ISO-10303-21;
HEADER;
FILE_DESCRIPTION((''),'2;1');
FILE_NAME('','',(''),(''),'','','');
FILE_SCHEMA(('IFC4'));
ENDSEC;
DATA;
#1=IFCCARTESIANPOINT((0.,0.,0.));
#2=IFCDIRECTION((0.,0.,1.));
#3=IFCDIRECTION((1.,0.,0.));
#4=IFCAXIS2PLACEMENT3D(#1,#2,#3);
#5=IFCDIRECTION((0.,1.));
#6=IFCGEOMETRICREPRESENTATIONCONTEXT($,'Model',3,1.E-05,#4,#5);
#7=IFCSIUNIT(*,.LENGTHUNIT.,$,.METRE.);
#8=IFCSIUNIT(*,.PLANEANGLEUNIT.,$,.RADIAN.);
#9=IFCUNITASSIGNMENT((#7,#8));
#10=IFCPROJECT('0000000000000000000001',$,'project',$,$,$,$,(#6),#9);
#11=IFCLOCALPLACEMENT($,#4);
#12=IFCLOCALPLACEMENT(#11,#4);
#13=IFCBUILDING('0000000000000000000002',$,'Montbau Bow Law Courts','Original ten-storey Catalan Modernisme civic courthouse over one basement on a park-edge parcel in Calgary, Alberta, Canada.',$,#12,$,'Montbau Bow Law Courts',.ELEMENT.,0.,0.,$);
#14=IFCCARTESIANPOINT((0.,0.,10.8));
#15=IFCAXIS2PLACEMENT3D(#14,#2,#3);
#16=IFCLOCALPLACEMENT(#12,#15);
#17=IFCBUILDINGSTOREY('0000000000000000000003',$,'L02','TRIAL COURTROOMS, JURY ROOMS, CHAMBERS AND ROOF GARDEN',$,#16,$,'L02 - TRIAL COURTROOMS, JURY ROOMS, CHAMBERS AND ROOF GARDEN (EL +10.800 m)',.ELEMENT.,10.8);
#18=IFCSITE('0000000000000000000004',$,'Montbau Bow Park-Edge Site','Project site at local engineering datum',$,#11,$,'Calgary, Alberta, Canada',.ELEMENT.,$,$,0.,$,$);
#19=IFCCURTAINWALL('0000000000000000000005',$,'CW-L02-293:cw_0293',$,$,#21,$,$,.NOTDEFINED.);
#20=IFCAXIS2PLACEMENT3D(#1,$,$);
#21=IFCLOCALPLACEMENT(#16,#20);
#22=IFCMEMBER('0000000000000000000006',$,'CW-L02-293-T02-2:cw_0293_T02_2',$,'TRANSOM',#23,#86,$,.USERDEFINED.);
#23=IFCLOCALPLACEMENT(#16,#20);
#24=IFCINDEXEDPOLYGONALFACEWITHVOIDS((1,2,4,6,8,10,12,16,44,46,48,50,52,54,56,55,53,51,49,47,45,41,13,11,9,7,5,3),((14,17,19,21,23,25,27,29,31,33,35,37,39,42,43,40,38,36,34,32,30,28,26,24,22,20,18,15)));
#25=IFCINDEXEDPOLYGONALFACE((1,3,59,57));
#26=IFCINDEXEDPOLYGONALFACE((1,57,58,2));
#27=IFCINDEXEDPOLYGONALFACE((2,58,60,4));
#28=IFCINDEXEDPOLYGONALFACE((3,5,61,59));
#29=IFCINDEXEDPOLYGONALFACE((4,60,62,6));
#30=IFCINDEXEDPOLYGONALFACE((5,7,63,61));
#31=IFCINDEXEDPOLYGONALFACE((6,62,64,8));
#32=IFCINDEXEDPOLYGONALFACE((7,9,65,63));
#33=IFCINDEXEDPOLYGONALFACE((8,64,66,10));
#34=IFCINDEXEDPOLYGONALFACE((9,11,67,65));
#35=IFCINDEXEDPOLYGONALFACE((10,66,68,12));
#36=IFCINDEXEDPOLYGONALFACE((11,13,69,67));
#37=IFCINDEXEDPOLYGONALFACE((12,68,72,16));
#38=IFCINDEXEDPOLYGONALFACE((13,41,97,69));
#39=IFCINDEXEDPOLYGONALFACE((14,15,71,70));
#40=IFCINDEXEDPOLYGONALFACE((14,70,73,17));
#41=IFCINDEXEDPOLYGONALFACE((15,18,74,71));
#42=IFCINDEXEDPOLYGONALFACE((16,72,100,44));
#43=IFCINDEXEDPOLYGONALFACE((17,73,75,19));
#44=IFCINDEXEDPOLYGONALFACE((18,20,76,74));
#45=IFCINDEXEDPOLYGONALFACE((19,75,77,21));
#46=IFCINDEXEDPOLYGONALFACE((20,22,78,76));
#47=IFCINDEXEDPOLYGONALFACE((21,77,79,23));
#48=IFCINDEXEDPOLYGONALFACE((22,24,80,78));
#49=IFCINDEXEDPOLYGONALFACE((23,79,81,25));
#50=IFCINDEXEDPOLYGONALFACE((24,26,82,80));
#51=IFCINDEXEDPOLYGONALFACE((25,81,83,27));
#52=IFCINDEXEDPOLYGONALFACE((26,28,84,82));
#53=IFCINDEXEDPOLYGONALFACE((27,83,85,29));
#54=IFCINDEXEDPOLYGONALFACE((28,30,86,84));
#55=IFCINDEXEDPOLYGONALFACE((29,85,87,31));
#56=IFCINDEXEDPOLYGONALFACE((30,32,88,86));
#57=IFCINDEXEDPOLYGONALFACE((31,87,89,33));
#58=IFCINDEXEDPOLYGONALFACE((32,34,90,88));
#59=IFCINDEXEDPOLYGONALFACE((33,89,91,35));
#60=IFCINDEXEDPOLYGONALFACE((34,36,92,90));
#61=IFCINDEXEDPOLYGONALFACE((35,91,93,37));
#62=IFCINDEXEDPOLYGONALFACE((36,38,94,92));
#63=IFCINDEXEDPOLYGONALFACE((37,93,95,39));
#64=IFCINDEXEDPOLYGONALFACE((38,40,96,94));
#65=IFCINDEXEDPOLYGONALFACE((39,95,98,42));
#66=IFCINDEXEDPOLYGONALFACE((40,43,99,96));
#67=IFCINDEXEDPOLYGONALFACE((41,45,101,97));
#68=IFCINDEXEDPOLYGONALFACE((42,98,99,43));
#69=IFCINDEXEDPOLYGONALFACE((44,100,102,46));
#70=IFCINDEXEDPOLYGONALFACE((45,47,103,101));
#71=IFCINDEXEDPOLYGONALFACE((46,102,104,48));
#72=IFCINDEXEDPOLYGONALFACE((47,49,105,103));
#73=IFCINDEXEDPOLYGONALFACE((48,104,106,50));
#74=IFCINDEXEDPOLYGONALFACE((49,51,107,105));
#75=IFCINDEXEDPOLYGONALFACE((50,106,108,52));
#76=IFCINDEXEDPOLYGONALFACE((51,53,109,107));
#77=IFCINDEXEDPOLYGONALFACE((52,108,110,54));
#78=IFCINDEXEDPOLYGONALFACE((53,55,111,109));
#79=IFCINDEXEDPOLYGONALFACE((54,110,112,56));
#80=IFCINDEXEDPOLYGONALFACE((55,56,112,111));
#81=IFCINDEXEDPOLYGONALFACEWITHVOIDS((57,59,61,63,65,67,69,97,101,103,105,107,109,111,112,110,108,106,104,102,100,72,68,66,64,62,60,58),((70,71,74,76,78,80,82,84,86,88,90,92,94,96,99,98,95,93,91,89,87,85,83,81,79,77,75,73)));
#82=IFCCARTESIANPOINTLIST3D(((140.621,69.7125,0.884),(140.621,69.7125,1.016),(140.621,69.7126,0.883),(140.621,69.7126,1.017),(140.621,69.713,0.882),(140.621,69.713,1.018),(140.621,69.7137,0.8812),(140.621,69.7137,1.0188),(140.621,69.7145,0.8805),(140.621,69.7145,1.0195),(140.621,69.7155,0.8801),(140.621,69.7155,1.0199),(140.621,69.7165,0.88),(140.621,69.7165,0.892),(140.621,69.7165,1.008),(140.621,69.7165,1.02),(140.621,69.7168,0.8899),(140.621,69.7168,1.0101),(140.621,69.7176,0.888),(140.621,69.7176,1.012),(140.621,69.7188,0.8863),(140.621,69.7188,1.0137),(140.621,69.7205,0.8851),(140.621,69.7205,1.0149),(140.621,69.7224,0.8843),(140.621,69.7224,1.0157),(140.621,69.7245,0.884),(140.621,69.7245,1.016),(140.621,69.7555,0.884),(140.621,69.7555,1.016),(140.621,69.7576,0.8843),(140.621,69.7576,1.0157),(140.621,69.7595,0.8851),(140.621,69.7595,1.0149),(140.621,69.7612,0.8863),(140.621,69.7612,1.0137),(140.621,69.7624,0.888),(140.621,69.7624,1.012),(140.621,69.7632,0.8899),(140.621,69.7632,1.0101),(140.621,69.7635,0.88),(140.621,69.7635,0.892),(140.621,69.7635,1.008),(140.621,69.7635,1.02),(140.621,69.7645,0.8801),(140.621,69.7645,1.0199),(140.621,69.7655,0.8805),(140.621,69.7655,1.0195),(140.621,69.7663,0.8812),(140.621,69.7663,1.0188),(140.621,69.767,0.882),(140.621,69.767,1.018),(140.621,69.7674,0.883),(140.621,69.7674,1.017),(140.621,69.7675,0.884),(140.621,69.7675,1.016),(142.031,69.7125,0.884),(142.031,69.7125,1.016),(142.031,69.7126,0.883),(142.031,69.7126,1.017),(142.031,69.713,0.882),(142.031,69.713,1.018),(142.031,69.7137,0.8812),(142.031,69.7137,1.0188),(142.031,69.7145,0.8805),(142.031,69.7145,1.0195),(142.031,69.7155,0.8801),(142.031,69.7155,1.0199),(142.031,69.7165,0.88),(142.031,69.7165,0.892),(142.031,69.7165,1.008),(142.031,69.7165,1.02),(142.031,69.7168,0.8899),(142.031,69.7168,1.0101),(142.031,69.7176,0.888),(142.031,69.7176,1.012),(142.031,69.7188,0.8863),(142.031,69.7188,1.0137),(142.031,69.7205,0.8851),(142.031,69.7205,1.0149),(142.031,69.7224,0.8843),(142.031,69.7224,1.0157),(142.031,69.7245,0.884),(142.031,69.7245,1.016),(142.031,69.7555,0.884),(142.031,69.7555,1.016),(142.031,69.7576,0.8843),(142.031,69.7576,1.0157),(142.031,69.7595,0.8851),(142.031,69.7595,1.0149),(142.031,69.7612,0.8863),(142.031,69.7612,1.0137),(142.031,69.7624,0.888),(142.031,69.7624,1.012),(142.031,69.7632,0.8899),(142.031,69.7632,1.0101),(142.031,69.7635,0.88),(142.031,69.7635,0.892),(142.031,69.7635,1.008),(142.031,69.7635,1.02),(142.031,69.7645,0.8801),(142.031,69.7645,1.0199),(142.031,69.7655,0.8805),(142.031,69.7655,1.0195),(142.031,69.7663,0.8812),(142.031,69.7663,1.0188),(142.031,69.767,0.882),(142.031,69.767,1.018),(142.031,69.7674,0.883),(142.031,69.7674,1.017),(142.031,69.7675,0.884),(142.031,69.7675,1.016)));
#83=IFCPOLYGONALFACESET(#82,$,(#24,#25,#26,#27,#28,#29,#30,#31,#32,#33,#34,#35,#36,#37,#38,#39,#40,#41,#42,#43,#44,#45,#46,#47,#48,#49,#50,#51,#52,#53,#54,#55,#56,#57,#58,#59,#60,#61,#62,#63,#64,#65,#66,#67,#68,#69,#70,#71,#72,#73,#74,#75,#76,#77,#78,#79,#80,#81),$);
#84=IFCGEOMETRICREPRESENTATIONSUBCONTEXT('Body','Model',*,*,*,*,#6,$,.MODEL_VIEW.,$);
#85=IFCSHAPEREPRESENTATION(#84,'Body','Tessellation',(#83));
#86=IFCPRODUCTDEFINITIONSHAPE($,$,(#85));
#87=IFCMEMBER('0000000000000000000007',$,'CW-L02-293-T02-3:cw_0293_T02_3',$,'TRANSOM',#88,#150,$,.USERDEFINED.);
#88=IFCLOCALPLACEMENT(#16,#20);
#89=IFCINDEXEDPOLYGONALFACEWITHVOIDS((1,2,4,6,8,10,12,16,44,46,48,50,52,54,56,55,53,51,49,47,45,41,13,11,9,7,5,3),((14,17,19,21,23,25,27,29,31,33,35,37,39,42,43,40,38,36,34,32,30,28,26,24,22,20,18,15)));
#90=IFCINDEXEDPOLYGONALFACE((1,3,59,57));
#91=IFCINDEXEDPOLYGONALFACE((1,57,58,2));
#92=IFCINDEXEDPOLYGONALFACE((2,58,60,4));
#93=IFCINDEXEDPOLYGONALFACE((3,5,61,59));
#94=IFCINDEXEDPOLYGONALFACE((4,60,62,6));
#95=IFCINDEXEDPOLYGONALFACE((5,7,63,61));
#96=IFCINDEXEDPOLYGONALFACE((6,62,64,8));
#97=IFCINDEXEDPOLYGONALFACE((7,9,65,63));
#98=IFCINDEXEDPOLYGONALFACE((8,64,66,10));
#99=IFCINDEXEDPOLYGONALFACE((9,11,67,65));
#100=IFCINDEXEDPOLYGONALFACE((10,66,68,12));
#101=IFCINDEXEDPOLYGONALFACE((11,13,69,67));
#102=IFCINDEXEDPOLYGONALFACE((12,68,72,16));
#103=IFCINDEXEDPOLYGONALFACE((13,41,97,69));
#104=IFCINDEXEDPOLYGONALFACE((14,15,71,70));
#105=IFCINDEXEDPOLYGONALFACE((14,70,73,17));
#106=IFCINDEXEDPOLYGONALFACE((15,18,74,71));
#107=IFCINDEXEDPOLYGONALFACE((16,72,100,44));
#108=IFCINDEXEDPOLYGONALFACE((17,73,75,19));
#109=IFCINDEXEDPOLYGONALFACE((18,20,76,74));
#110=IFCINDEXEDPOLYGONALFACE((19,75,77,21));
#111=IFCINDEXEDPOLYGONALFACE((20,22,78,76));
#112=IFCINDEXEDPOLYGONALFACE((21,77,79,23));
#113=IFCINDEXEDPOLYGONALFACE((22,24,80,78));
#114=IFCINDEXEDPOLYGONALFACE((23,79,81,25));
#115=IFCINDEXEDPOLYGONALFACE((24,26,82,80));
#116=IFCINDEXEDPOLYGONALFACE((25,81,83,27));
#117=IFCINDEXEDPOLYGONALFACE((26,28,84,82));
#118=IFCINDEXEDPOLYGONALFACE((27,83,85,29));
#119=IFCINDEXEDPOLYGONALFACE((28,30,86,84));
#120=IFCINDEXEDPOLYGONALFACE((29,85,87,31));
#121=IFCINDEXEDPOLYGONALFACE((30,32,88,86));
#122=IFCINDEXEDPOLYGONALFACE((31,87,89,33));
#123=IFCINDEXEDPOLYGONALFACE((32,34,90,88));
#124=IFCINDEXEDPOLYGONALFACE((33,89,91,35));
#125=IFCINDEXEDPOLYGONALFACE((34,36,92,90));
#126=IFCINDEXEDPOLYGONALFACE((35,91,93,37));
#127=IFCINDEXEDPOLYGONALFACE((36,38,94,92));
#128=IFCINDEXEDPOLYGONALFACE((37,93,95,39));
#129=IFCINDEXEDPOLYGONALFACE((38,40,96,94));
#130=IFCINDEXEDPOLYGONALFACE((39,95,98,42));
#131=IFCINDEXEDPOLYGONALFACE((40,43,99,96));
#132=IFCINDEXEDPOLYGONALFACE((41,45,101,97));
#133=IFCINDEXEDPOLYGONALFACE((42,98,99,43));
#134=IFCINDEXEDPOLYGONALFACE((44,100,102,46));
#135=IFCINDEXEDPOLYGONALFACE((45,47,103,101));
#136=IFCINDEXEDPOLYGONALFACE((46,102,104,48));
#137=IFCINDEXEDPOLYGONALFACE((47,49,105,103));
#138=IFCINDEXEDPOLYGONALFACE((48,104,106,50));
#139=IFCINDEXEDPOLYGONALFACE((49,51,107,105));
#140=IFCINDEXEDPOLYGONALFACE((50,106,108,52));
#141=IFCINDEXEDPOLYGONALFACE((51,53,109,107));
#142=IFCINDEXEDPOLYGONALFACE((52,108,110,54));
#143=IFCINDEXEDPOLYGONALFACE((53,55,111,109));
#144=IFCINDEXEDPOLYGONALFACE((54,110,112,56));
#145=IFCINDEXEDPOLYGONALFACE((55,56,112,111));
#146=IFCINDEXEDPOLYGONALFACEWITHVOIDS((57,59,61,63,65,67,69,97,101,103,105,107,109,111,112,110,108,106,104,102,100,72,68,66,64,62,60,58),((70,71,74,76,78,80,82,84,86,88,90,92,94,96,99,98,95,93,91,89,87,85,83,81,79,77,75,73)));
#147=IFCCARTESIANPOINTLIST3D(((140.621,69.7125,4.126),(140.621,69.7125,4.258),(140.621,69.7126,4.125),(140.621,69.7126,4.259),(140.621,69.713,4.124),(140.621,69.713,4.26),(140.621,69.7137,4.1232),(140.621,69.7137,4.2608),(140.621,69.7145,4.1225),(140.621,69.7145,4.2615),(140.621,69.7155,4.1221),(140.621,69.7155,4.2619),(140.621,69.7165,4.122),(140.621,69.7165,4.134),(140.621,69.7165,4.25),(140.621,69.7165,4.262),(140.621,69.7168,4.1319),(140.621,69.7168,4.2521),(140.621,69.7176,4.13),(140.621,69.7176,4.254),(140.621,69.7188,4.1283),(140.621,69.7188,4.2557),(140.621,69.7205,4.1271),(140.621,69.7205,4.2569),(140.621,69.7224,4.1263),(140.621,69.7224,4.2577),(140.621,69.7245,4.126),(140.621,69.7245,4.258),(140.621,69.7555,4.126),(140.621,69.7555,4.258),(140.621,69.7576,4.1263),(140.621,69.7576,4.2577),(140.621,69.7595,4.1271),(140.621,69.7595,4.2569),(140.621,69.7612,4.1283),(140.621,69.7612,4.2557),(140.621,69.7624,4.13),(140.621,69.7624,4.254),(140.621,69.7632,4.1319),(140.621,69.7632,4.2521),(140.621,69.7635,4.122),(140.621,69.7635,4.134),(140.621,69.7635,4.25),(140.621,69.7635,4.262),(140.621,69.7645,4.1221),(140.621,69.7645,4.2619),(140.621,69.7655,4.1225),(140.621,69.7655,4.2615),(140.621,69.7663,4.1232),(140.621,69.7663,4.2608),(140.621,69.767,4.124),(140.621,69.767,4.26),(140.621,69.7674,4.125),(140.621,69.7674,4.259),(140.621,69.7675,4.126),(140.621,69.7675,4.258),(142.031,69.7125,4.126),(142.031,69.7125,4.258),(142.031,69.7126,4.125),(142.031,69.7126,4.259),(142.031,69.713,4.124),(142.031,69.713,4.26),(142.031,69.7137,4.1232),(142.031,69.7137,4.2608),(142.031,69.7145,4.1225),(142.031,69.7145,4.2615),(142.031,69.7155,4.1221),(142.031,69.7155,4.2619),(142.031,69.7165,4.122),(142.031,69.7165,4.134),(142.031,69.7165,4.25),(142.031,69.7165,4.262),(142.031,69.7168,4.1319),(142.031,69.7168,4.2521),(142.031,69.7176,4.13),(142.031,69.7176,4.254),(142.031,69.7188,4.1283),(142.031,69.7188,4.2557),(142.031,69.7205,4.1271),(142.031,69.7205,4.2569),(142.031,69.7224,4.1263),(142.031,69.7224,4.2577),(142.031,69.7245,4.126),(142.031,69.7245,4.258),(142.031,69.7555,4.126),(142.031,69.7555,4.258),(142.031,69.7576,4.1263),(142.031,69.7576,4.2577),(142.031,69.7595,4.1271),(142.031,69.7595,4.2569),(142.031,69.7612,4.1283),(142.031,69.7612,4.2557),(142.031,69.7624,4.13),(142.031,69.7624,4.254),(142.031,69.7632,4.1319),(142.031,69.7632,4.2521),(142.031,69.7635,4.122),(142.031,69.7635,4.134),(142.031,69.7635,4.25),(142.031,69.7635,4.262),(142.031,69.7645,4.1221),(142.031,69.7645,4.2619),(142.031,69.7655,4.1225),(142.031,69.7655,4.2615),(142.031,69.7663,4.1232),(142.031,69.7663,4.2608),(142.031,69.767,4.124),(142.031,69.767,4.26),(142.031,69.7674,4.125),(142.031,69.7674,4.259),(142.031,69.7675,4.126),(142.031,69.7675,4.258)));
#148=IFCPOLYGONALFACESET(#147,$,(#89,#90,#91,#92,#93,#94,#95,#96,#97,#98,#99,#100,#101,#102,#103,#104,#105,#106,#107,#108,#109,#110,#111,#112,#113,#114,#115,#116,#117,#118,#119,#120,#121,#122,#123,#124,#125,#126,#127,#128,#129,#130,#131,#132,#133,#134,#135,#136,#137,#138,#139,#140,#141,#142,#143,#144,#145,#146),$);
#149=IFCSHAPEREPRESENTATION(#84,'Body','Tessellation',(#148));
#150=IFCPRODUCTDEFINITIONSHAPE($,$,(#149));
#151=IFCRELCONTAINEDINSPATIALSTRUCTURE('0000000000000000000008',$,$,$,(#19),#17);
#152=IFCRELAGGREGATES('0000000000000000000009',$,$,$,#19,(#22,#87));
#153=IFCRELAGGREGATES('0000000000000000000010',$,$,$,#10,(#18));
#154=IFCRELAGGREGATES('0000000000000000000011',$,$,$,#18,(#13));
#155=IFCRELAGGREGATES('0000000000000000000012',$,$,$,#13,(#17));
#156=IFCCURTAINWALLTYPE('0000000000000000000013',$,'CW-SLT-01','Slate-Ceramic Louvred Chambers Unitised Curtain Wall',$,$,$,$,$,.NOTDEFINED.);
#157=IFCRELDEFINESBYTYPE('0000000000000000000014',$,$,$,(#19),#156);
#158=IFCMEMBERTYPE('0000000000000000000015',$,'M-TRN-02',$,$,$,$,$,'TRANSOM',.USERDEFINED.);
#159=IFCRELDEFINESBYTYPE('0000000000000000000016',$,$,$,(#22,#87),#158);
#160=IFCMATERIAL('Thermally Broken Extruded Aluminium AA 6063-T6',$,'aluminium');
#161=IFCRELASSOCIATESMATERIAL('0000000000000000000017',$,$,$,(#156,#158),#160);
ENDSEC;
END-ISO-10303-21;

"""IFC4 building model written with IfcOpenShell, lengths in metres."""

from ifc_helpers import new_model, si_unit, direction, frame, origin_with_axes, origin_2d_with_axis, place, context, subcontext, project, spatial, hollow_rectangle, extrude, material, material_profile, profile_set, type_object, element, aggregate, save


model = new_model("IFC4")

# Units and contexts
model_context = context("Model", 3, precision=1e-05, world=origin_with_axes(), true_north=direction((0.0, 1.0)))
body_context = subcontext(model_context, "Body", "Model", "MODEL_VIEW")
ifc_project = project(units=[si_unit("LENGTHUNIT", "METRE"), si_unit("PLANEANGLEUNIT", "RADIAN")], contexts=[model_context])

# Site, building, storey
site_placement = place(None, origin_with_axes())
site = spatial("IfcSite", under=ifc_project, at=site_placement, Name="Montbau Bow Park-Edge Site", Description="Project site at local engineering datum", LongName="Calgary, Alberta, Canada", CompositionType="ELEMENT", RefElevation=0.0)
building_placement = place(site_placement, origin_with_axes())
building = spatial("IfcBuilding", under=site, at=building_placement, Name="Montbau Bow Law Courts", Description="Original ten-storey Catalan Modernisme civic courthouse over one basement on a park-edge parcel in Calgary, Alberta, Canada.", LongName="Montbau Bow Law Courts", CompositionType="ELEMENT", ElevationOfRefHeight=0.0, ElevationOfTerrain=0.0)
storey_placement = place(building_placement, frame((0.0, 0.0, 10.8), z_axis=(0.0, 0.0, 1.0), x_axis=(1.0, 0.0, 0.0)))
storey = spatial("IfcBuildingStorey", under=building, at=storey_placement, Name="L02", Description="TRIAL COURTROOMS, JURY ROOMS, CHAMBERS AND ROOF GARDEN", LongName="L02 - TRIAL COURTROOMS, JURY ROOMS, CHAMBERS AND ROOF GARDEN (EL +10.800 m)", CompositionType="ELEMENT", Elevation=10.8)

# Shared definitions
ifc_material_1 = material(Name="Thermally Broken Extruded Aluminium AA 6063-T6", Category="aluminium")
curtain_wall_type = type_object("IfcCurtainWallType", Name="CW-SLT-01", Description="Slate-Ceramic Louvred Chambers Unitised Curtain Wall", PredefinedType="NOTDEFINED", material=ifc_material_1)

# Curtain wall, members
curtain_wall_1_placement = place(None, frame((139.115, 69.74, 10.8), z_axis=(0.0, 0.0, 1.0), x_axis=(1.0, 0.0, 0.0)))
curtain_wall_1 = element("IfcCurtainWall", 1, at=curtain_wall_1_placement, inside=storey, type_object=curtain_wall_type, Name="CW-L02-293:cw_0293", PredefinedType="NOTDEFINED")
ifc_material_profile_1 = material_profile(ifc_material_1, hollow_rectangle(XDim=0.055, YDim=0.14, WallThickness=0.004, InnerFilletRadius=0.008, OuterFilletRadius=0.004, at=origin_2d_with_axis()), Name="CWT-140X55", Category="Main", Priority=0)
ifc_profile_set_1 = profile_set([ifc_material_profile_1], Name="Thermally Broken Extruded Aluminium AA 6063-T6")
member_type_1 = type_object("IfcMemberType", Name="M-TRN-02", ElementType="TRANSOM", PredefinedType="USERDEFINED", material=ifc_profile_set_1)
member_1_placement = place(None, frame((140.621, 69.74, 11.75), z_axis=(1.0, 0.0, 0.0), x_axis=(0.0, 1.0, 0.0)))
member_1 = element("IfcMember", 2, at=member_1_placement, type_object=member_type_1, Name="CW-L02-293-T02-2:cw_0293_T02_2", ObjectType="TRANSOM", PredefinedType="USERDEFINED", context=body_context, shape_type="SweptSolid", body=[
    extrude(hollow_rectangle(XDim=0.055, YDim=0.14, WallThickness=0.004, InnerFilletRadius=0.008, OuterFilletRadius=0.004, at=origin_2d_with_axis()), origin_with_axes(), (0.0, 0.0, 1.0), 1.41),
])
member_2_placement = place(None, frame((140.621, 69.74, 14.992), z_axis=(1.0, 0.0, 0.0), x_axis=(0.0, 1.0, 0.0)))
member_2 = element("IfcMember", 3, at=member_2_placement, type_object=member_type_1, Name="CW-L02-293-T02-3:cw_0293_T02_3", ObjectType="TRANSOM", PredefinedType="USERDEFINED", context=body_context, shape_type="SweptSolid", body=[
    extrude(hollow_rectangle(XDim=0.055, YDim=0.14, WallThickness=0.004, InnerFilletRadius=0.008, OuterFilletRadius=0.004, at=origin_2d_with_axis()), origin_with_axes(), (0.0, 0.0, 1.0), 1.41),
])

aggregate(curtain_wall_1, [member_1, member_2])

save(model, "model.ifc")
